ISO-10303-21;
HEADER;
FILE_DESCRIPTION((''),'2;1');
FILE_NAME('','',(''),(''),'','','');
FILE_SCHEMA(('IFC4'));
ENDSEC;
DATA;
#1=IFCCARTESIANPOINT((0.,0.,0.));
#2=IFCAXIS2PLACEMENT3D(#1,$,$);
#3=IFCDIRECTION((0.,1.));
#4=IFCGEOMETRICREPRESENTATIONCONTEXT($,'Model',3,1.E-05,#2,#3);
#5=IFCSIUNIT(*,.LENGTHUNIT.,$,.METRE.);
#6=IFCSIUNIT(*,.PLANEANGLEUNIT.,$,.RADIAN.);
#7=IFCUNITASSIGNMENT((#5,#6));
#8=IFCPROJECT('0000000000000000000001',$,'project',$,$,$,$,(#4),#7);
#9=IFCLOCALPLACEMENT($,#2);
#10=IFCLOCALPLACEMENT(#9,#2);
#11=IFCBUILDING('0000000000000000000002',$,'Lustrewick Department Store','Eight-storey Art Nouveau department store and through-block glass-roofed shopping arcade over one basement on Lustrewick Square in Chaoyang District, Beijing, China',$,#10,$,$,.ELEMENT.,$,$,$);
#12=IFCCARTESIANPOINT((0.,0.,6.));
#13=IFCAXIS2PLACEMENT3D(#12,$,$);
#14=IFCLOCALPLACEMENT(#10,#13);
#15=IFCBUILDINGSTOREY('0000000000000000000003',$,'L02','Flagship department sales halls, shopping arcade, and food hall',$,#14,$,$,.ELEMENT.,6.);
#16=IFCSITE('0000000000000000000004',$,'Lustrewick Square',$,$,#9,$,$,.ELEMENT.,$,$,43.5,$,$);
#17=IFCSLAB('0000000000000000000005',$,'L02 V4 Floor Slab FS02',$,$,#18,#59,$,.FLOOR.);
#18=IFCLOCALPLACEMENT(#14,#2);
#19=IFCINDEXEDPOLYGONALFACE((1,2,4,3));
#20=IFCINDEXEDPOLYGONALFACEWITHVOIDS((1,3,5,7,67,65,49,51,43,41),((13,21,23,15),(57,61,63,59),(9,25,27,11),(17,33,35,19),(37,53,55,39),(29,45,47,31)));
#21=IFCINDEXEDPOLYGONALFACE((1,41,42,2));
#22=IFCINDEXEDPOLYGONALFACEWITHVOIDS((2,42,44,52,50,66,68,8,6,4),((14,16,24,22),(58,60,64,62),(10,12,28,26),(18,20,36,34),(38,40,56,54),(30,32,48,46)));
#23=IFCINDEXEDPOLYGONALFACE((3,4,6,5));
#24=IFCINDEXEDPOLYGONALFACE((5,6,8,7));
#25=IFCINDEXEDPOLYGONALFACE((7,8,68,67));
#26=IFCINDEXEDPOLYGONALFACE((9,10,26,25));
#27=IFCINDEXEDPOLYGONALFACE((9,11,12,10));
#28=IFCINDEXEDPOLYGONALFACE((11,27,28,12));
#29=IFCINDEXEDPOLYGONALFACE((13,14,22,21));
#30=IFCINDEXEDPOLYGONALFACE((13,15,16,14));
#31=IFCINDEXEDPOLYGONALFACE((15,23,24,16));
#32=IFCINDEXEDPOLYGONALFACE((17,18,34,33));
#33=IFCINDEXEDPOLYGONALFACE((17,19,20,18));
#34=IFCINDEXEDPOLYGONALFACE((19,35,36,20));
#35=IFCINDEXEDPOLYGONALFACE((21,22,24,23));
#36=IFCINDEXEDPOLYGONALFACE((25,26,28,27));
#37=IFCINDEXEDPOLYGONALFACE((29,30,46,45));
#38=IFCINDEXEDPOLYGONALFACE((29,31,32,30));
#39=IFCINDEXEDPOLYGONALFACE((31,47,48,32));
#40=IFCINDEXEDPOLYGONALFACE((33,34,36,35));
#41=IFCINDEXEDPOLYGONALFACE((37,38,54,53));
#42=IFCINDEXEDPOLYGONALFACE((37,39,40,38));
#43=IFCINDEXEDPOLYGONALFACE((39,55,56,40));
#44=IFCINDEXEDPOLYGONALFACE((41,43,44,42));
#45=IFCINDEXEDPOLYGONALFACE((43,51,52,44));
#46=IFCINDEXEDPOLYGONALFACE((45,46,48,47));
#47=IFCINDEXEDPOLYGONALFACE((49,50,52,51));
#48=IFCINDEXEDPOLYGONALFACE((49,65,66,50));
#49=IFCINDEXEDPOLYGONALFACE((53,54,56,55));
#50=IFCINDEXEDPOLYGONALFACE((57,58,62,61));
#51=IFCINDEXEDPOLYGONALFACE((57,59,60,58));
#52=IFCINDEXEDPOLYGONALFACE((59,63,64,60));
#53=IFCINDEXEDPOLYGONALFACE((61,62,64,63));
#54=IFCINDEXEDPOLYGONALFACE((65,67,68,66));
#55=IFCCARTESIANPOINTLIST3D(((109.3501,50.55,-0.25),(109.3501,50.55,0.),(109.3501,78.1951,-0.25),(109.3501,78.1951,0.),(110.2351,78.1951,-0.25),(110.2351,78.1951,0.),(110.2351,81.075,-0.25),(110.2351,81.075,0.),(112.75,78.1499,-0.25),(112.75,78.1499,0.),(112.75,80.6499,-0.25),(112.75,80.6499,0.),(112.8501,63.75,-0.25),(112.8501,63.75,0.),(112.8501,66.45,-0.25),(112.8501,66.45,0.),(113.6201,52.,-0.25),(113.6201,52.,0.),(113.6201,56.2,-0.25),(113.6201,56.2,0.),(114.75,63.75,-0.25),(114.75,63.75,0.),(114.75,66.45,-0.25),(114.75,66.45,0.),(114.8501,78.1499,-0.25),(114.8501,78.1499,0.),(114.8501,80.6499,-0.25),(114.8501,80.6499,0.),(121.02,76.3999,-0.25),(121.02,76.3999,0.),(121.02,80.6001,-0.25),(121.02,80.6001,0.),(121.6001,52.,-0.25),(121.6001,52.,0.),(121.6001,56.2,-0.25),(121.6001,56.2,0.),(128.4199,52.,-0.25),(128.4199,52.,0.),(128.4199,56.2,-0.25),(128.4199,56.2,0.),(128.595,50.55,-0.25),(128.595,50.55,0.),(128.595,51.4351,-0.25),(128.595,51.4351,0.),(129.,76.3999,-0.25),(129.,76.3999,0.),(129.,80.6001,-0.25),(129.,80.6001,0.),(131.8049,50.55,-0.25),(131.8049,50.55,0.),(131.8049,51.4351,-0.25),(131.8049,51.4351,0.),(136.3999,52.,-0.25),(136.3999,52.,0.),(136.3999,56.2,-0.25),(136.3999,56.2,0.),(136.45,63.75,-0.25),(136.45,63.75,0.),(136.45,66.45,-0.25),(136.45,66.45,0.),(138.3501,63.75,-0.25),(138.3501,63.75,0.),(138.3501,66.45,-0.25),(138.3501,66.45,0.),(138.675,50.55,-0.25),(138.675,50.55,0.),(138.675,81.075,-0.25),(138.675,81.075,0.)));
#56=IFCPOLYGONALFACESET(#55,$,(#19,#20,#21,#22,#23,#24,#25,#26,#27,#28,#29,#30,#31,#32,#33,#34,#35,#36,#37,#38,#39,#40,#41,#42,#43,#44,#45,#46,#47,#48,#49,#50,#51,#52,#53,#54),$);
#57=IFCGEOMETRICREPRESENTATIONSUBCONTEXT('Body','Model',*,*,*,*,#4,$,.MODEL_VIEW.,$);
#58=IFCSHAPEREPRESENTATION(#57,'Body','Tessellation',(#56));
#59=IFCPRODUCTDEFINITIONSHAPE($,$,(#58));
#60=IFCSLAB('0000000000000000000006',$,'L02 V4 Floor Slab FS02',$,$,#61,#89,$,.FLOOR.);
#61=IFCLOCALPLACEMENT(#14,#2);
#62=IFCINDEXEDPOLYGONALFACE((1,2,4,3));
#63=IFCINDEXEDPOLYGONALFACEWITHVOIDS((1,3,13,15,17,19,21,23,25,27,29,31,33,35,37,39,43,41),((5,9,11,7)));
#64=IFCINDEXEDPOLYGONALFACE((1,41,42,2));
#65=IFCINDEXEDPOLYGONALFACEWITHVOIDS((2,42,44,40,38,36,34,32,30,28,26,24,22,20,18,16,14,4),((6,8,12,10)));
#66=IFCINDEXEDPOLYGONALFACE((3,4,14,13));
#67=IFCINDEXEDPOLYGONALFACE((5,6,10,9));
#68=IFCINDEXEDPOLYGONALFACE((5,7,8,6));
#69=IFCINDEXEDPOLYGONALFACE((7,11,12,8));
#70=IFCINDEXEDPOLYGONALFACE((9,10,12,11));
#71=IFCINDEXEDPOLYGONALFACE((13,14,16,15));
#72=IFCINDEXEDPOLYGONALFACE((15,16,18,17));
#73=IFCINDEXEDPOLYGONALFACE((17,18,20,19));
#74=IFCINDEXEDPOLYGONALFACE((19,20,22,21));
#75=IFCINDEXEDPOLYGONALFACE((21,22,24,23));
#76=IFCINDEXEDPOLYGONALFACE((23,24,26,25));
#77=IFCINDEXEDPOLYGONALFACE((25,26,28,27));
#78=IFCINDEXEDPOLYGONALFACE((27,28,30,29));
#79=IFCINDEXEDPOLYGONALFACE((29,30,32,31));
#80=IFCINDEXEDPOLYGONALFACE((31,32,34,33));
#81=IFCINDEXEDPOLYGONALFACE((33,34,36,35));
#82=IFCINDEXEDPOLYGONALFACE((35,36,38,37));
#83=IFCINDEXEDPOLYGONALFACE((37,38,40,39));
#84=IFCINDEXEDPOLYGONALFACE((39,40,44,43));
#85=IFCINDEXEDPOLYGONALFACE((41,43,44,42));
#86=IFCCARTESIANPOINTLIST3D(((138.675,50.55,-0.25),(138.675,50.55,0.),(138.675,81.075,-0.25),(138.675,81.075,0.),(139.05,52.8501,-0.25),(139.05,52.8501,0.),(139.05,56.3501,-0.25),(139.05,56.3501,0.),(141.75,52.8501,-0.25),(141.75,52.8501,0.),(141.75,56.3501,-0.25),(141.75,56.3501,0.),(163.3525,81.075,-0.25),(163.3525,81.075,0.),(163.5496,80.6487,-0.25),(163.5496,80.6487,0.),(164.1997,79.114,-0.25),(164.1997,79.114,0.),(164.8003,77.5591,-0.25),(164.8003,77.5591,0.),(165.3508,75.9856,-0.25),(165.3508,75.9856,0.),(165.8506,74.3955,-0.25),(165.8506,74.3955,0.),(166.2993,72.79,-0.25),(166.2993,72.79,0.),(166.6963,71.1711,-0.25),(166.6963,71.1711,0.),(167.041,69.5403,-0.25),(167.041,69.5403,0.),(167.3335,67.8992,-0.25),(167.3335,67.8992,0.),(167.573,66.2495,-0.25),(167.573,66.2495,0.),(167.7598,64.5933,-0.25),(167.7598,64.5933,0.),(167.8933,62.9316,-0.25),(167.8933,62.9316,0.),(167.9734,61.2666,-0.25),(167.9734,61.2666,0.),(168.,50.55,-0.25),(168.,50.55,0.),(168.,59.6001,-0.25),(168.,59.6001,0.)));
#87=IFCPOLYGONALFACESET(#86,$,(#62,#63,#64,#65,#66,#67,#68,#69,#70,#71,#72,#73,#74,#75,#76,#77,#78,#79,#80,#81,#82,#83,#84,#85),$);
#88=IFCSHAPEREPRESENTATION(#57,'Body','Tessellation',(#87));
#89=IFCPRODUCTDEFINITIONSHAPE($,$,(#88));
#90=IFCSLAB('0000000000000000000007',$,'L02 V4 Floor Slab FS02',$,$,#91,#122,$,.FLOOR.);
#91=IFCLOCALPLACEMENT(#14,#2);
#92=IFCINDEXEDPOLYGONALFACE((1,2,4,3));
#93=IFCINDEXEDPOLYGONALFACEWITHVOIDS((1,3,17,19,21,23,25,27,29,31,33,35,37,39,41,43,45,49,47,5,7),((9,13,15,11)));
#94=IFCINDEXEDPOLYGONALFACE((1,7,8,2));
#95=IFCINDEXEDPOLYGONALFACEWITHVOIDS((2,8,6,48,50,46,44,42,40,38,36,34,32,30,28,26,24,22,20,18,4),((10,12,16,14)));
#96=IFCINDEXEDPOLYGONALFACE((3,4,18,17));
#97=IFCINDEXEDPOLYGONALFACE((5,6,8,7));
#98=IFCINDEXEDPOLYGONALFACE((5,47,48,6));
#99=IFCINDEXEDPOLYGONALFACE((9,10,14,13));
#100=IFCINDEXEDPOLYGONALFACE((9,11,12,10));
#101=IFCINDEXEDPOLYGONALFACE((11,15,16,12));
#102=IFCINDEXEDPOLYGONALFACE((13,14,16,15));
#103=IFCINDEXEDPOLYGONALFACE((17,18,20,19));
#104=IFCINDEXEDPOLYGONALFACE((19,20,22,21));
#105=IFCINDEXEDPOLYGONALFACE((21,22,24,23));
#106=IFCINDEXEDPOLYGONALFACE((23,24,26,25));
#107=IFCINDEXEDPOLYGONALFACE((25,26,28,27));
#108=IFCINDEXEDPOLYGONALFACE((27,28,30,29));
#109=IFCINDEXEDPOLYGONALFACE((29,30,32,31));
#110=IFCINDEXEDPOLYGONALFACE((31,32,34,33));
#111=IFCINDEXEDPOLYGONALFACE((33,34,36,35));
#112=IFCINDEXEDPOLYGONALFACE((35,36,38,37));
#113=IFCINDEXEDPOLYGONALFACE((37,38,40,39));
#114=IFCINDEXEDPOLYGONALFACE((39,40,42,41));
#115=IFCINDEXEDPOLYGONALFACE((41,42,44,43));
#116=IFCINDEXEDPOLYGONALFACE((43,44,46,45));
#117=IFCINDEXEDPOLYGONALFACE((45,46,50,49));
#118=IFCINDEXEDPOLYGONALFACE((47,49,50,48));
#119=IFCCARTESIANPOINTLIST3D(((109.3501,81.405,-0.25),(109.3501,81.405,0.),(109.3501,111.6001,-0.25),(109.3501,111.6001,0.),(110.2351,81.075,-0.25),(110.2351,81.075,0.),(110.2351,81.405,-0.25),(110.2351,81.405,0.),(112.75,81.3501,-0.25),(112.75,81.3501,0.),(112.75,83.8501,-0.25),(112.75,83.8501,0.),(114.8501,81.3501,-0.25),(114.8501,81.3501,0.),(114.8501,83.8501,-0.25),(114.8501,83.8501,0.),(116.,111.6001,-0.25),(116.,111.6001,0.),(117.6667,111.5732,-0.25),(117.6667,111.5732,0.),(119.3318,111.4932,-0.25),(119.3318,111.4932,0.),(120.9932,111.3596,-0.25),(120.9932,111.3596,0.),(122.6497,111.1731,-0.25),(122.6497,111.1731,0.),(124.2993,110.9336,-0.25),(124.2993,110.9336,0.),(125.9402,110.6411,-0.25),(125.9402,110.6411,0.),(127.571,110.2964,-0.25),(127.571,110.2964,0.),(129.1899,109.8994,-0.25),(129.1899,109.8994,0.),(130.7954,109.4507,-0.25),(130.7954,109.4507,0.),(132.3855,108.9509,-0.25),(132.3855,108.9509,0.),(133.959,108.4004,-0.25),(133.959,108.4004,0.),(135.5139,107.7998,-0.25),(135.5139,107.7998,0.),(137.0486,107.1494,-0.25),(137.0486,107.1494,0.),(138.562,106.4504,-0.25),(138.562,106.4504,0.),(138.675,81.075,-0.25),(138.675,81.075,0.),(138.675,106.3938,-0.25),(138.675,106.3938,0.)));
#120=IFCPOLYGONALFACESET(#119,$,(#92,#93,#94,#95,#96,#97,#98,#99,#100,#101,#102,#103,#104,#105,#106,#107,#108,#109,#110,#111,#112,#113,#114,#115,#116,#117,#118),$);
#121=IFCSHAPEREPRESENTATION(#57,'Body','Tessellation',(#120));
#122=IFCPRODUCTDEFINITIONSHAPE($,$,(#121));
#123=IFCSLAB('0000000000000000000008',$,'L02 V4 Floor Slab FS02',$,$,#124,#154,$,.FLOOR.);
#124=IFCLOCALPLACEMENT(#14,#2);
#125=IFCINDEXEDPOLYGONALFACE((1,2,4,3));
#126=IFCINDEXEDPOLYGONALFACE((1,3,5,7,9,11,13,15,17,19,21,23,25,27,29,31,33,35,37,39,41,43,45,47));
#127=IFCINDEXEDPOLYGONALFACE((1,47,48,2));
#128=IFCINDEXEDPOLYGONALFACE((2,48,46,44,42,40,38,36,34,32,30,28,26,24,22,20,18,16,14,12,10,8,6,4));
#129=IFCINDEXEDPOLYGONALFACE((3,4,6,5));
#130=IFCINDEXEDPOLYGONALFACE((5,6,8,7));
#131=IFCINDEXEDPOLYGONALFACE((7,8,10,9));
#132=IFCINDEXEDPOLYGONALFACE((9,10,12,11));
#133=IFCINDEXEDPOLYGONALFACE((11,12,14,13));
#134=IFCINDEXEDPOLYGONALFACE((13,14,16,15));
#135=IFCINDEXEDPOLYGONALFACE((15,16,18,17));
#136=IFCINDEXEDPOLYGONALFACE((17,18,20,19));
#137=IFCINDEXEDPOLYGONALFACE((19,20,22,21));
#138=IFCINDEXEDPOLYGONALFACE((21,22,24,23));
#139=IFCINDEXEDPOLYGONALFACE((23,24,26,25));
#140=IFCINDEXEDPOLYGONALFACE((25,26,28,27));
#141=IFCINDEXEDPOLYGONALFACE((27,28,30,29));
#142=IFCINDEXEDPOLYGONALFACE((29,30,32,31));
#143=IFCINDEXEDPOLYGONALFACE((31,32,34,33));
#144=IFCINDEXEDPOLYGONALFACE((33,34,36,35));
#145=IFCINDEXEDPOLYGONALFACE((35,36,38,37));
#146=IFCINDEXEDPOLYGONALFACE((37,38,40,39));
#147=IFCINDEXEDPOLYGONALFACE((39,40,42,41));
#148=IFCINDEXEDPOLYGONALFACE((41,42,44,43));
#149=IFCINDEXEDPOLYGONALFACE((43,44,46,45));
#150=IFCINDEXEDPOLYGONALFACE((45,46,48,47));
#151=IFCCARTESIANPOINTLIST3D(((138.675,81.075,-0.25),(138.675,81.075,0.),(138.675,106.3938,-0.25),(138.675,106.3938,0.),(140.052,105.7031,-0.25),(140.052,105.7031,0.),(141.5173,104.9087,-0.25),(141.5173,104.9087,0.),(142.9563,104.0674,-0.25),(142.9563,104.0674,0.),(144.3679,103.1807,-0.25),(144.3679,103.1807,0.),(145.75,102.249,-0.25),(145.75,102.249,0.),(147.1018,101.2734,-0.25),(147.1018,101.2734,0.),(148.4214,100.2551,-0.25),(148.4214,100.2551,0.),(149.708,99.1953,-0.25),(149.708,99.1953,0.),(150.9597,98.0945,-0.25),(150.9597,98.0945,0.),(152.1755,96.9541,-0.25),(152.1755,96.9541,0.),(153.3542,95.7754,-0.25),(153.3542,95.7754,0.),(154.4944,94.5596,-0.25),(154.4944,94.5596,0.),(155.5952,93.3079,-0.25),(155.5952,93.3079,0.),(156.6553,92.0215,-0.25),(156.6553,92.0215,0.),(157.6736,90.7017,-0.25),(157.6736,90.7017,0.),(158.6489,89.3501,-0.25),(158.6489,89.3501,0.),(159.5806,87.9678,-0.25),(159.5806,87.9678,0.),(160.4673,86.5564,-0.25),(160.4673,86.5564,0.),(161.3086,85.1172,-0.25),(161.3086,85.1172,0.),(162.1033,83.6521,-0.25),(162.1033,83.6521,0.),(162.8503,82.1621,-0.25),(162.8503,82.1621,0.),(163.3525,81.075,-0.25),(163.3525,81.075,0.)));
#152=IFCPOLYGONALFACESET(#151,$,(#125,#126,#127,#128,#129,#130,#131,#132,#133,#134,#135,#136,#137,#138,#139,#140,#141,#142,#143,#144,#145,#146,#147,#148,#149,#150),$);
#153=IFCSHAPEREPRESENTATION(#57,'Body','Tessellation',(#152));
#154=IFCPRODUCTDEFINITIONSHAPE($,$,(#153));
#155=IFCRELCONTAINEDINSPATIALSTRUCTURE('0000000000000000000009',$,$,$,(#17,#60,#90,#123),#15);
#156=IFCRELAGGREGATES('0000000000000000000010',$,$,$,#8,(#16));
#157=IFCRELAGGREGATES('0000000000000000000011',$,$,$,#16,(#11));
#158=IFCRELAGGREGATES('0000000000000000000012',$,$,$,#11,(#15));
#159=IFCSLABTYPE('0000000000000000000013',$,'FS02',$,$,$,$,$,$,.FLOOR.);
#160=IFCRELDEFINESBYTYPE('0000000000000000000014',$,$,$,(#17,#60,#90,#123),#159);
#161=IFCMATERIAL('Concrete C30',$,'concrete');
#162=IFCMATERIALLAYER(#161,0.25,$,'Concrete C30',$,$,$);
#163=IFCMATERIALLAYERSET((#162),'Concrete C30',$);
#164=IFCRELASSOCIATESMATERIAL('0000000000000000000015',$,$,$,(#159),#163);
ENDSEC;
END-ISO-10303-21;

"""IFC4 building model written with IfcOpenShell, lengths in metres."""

from ifc_helpers import new_model, si_unit, direction, frame, origin, place, context, subcontext, project, spatial, polyline, outline, extrude, material, layer, layer_set, type_object, element, save


model = new_model("IFC4")

# Units and contexts
model_context = context("Model", 3, precision=1e-05, world=origin(), true_north=direction((0.0, 1.0)))
body_context = subcontext(model_context, "Body", "Model", "MODEL_VIEW")
ifc_project = project(units=[si_unit("LENGTHUNIT", "METRE"), si_unit("PLANEANGLEUNIT", "RADIAN")], contexts=[model_context])

# Site, building, storey
site_placement = place(None, origin())
site = spatial("IfcSite", under=ifc_project, at=site_placement, Name="Lustrewick Square", CompositionType="ELEMENT", RefElevation=43.5)
building_placement = place(site_placement, origin())
building = spatial("IfcBuilding", under=site, at=building_placement, Name="Lustrewick Department Store", Description="Eight-storey Art Nouveau department store and through-block glass-roofed shopping arcade over one basement on Lustrewick Square in Chaoyang District, Beijing, China", CompositionType="ELEMENT")
storey_placement = place(building_placement, frame((0.0, 0.0, 6.0)))
storey = spatial("IfcBuildingStorey", under=building, at=storey_placement, Name="L02", Description="Flagship department sales halls, shopping arcade, and food hall", CompositionType="ELEMENT", Elevation=6.0)

# Slabs
ifc_material = material(Name="Concrete C30", Category="concrete")
ifc_layer = layer(ifc_material, 0.25, Name="Concrete C30")
ifc_layer_set = layer_set([ifc_layer], Name="Concrete C30")
slab_type = type_object("IfcSlabType", Name="FS02", PredefinedType="FLOOR", material=ifc_layer_set)
slab_1_placement = place(storey_placement, frame((0.0, 0.0, -0.25)))
element("IfcSlab", 1, at=slab_1_placement, inside=storey, type_object=slab_type, Name="L02 V4 Floor Slab FS02", PredefinedType="FLOOR", context=body_context, shape_type="SweptSolid", body=[
    extrude(outline(polyline([(109.3501, 50.55), (128.595, 50.55), (128.595, 51.4351), (131.8049, 51.4351), (131.8049, 50.55), (138.675, 50.55), (138.675, 81.075), (110.2351, 81.075), (110.2351, 78.1951), (109.3501, 78.1951), (109.3501, 50.55)]), holes=[polyline([(136.45, 63.75), (136.45, 66.45), (138.3501, 66.45), (138.3501, 63.75), (136.45, 63.75)]), polyline([(128.4199, 52.0), (128.4199, 56.2), (136.3999, 56.2), (136.3999, 52.0), (128.4199, 52.0)]), polyline([(121.02, 76.3999), (121.02, 80.6001), (129.0, 80.6001), (129.0, 76.3999), (121.02, 76.3999)]), polyline([(113.6201, 52.0), (113.6201, 56.2), (121.6001, 56.2), (121.6001, 52.0), (113.6201, 52.0)]), polyline([(112.75, 78.1499), (112.75, 80.6499), (114.8501, 80.6499), (114.8501, 78.1499), (112.75, 78.1499)]), polyline([(112.8501, 63.75), (112.8501, 66.45), (114.75, 66.45), (114.75, 63.75), (112.8501, 63.75)])]), origin(), (0.0, 0.0, 1.0), 0.25),
])
slab_2_placement = place(storey_placement, frame((0.0, 0.0, -0.25)))
element("IfcSlab", 2, at=slab_2_placement, inside=storey, type_object=slab_type, Name="L02 V4 Floor Slab FS02", PredefinedType="FLOOR", context=body_context, shape_type="SweptSolid", body=[
    extrude(outline(polyline([(163.5496, 80.6487), (163.3525, 81.075), (138.675, 81.075), (138.675, 50.55), (168.0, 50.55), (168.0, 59.6001), (167.9734, 61.2666), (167.8933, 62.9316), (167.7598, 64.5933), (167.573, 66.2495), (167.3335, 67.8992), (167.041, 69.5403), (166.6963, 71.1711), (166.2993, 72.79), (165.8506, 74.3955), (165.3508, 75.9856), (164.8003, 77.5591), (164.1997, 79.114), (163.5496, 80.6487)]), holes=[polyline([(139.05, 52.8501), (139.05, 56.3501), (141.75, 56.3501), (141.75, 52.8501), (139.05, 52.8501)])]), origin(), (0.0, 0.0, 1.0), 0.25),
])
slab_3_placement = place(storey_placement, frame((0.0, 0.0, -0.25)))
element("IfcSlab", 3, at=slab_3_placement, inside=storey, type_object=slab_type, Name="L02 V4 Floor Slab FS02", PredefinedType="FLOOR", context=body_context, shape_type="SweptSolid", body=[
    extrude(outline(polyline([(110.2351, 81.405), (110.2351, 81.075), (138.675, 81.075), (138.675, 106.3938), (138.562, 106.4504), (137.0486, 107.1494), (135.5139, 107.7998), (133.959, 108.4004), (132.3855, 108.9509), (130.7954, 109.4507), (129.1899, 109.8994), (127.571, 110.2964), (125.9402, 110.6411), (124.2993, 110.9336), (122.6497, 111.1731), (120.9932, 111.3596), (119.3318, 111.4932), (117.6667, 111.5732), (116.0, 111.6001), (109.3501, 111.6001), (109.3501, 81.405), (110.2351, 81.405)]), holes=[polyline([(112.75, 83.8501), (114.8501, 83.8501), (114.8501, 81.3501), (112.75, 81.3501), (112.75, 83.8501)])]), origin(), (0.0, 0.0, 1.0), 0.25),
])
slab_4_placement = place(storey_placement, frame((0.0, 0.0, -0.25)))
element("IfcSlab", 4, at=slab_4_placement, inside=storey, type_object=slab_type, Name="L02 V4 Floor Slab FS02", PredefinedType="FLOOR", context=body_context, shape_type="SweptSolid", body=[
    extrude(outline(polyline([(140.052, 105.7031), (138.675, 106.3938), (138.675, 81.075), (163.3525, 81.075), (162.8503, 82.1621), (162.1033, 83.6521), (161.3086, 85.1172), (160.4673, 86.5564), (159.5806, 87.9678), (158.6489, 89.3501), (157.6736, 90.7017), (156.6553, 92.0215), (155.5952, 93.3079), (154.4944, 94.5596), (153.3542, 95.7754), (152.1755, 96.9541), (150.9597, 98.0945), (149.708, 99.1953), (148.4214, 100.2551), (147.1018, 101.2734), (145.75, 102.249), (144.3679, 103.1807), (142.9563, 104.0674), (141.5173, 104.9087), (140.052, 105.7031)])), origin(), (0.0, 0.0, 1.0), 0.25),
])

save(model, "model.ifc")
